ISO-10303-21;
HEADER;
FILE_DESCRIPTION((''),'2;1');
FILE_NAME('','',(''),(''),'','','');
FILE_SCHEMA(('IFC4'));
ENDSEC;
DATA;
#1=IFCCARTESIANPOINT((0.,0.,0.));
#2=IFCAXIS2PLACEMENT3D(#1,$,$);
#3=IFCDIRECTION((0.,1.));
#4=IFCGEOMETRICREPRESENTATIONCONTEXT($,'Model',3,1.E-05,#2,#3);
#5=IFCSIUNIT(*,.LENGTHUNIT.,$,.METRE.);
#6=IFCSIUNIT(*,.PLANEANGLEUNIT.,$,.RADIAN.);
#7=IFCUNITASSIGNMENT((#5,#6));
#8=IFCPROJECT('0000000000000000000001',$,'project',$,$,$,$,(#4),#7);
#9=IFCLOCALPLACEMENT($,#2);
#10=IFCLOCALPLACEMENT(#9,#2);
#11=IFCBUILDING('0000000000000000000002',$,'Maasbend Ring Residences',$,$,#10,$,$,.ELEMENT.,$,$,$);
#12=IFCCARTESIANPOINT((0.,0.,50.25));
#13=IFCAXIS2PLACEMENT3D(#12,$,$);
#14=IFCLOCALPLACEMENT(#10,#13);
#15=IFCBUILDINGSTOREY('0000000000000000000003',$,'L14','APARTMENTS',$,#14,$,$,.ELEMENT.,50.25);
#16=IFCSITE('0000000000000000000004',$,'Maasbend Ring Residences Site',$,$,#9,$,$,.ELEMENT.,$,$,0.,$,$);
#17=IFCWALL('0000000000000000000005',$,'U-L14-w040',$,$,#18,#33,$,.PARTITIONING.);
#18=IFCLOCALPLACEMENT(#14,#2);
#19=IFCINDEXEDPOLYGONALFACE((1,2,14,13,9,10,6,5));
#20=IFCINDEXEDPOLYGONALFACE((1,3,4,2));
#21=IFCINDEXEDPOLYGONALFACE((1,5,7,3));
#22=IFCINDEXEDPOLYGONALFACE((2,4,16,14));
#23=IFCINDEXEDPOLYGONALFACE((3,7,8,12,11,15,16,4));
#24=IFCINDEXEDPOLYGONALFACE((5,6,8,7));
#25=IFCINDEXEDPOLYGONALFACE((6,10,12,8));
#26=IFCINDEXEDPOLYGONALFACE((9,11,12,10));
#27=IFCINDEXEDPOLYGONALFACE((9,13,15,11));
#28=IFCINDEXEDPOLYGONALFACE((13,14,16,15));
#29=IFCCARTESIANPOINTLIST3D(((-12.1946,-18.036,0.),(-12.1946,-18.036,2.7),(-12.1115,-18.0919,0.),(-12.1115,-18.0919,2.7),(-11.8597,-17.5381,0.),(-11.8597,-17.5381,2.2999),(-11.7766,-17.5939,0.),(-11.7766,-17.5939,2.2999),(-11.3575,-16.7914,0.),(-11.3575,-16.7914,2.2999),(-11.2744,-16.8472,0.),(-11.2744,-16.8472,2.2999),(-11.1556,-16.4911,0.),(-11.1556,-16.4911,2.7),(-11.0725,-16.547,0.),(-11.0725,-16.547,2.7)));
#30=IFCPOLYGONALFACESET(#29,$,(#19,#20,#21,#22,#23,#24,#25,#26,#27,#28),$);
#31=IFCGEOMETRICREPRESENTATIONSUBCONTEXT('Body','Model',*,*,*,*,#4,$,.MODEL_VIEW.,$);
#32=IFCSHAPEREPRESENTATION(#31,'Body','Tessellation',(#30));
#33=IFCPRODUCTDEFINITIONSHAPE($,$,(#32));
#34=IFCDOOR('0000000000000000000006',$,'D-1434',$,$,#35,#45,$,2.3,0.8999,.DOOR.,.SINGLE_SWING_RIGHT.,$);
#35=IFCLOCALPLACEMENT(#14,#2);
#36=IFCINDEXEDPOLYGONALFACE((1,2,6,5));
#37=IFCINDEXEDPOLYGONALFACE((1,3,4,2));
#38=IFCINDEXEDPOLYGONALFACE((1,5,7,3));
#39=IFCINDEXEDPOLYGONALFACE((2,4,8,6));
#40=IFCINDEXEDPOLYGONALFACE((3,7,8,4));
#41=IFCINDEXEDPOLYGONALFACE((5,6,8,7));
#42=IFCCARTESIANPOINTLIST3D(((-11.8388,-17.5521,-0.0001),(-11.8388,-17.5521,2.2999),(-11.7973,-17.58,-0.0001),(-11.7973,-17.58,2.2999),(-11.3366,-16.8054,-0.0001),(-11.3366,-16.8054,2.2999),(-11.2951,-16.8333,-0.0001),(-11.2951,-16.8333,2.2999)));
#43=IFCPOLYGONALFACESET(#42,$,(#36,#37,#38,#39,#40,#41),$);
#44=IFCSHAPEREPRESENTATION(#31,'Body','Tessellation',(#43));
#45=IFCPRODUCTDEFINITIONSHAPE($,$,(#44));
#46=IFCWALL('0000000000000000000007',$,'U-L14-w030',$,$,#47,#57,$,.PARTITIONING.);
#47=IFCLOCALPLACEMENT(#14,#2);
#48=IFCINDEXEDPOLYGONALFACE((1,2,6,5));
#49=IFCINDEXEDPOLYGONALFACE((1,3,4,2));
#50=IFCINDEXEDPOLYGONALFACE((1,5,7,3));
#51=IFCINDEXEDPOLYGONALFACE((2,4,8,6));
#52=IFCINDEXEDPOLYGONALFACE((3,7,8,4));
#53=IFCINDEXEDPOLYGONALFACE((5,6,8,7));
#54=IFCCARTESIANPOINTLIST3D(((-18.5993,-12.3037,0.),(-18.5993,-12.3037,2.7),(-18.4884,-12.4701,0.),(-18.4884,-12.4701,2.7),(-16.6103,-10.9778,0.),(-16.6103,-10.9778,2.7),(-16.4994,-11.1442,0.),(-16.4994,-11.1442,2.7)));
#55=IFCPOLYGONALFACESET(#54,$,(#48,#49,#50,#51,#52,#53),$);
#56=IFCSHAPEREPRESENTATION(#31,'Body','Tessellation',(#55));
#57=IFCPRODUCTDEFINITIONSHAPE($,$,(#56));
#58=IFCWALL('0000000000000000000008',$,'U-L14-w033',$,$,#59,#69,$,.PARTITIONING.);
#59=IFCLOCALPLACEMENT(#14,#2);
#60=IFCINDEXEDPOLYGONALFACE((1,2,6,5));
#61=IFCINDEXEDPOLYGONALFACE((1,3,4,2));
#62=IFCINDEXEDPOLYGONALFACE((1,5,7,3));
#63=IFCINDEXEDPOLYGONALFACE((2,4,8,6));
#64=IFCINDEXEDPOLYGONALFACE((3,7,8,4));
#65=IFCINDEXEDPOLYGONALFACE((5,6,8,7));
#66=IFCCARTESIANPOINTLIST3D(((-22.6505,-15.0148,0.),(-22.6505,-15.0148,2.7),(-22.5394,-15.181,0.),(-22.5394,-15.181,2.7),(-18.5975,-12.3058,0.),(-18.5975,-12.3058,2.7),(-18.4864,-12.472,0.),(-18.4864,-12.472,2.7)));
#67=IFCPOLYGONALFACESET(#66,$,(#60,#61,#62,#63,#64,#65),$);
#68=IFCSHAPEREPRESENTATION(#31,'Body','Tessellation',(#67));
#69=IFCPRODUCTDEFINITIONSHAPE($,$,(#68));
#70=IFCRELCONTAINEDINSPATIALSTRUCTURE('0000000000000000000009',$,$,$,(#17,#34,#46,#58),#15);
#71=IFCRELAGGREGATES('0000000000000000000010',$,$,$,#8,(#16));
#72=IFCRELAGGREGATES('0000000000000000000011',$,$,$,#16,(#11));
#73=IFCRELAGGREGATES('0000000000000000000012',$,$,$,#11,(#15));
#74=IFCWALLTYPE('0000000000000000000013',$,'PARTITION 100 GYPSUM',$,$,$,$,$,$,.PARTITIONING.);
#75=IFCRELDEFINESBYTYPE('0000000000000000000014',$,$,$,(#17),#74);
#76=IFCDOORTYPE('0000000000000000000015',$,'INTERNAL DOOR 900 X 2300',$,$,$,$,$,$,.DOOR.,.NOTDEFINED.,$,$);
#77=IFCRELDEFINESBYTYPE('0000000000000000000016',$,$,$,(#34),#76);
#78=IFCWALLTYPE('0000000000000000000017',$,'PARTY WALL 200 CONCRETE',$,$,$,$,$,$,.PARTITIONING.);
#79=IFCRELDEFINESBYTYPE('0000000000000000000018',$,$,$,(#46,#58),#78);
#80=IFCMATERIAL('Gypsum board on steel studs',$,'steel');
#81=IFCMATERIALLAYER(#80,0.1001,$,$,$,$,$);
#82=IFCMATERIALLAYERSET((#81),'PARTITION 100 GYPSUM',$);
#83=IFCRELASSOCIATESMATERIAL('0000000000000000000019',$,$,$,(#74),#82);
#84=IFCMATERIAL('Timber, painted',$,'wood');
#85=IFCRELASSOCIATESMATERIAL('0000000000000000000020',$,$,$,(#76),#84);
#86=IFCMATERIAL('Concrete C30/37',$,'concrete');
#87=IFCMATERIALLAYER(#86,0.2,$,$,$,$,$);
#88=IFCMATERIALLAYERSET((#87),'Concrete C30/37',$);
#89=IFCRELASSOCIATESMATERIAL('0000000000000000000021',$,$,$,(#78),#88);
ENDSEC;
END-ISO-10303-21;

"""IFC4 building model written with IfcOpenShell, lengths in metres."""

from ifc_helpers import new_model, si_unit, direction, frame, frame_2d, origin, place, context, subcontext, project, spatial, rectangle, extrude, material, layer, layer_set, type_object, element, fill, save


model = new_model("IFC4")

# Units and contexts
model_context = context("Model", 3, precision=1e-05, world=origin(), true_north=direction((0.0, 1.0)))
body_context = subcontext(model_context, "Body", "Model", "MODEL_VIEW")
ifc_project = project(units=[si_unit("LENGTHUNIT", "METRE"), si_unit("PLANEANGLEUNIT", "RADIAN")], contexts=[model_context])

# Site, building, storey
site_placement = place(None, origin())
site = spatial("IfcSite", under=ifc_project, at=site_placement, Name="Maasbend Ring Residences Site", CompositionType="ELEMENT", RefElevation=0.0)
building_placement = place(site_placement, origin())
building = spatial("IfcBuilding", under=site, at=building_placement, Name="Maasbend Ring Residences", CompositionType="ELEMENT")
storey_placement = place(building_placement, frame((0.0, 0.0, 50.25)))
storey = spatial("IfcBuildingStorey", under=building, at=storey_placement, Name="L14", Description="APARTMENTS", CompositionType="ELEMENT", Elevation=50.25)

# Shared definitions
ifc_material_1 = material(Name="Gypsum board on steel studs", Category="steel")
ifc_layer_1 = layer(ifc_material_1, 0.1001)
ifc_layer_set_1 = layer_set([ifc_layer_1], Name="PARTITION 100 GYPSUM")
wall_type_1 = type_object("IfcWallType", Name="PARTITION 100 GYPSUM", PredefinedType="PARTITIONING", material=ifc_layer_set_1)

# Wall, opening, door
ifc_material_2 = material(Name="Timber, painted", Category="wood")
door_type_1 = type_object("IfcDoorType", Name="INTERNAL DOOR 900 X 2300", OperationType="NOTDEFINED", PredefinedType="DOOR", material=ifc_material_2)
wall_1_placement = place(storey_placement, frame((-12.1531, -18.064, 0.0), z_axis=(0.0, 0.0, 1.0), x_axis=(0.558085, 0.829784, 0.0)))
wall_1 = element("IfcWall", 1, at=wall_1_placement, inside=storey, type_object=wall_type_1, Name="U-L14-w040", PredefinedType="PARTITIONING", context=body_context, shape_type="SweptSolid", body=[
    extrude(rectangle(XDim=1.8618, YDim=0.1001, at=frame_2d((0.9309, 0.0))), origin(), (0.0, 0.0, 1.0), 2.7),
])
opening_1_placement = place(wall_1_placement, frame((0.6001, 0.0, 0.0)))
opening_1 = element("IfcOpeningElement", 2, at=opening_1_placement, cuts=wall_1, PredefinedType="OPENING", context=body_context, shape_type="SweptSolid", body=[
    extrude(rectangle(XDim=0.8999, YDim=2.3, at=frame_2d((0.45, 1.1499))), frame((0.0, 0.0601, 0.0), z_axis=(0.0, -1.0, 0.0), x_axis=(1.0, 0.0, 0.0)), (0.0, 0.0, 1.0), 0.1201),
])
door_1_placement = place(opening_1_placement, origin())
door_1 = element("IfcDoor", 3, at=door_1_placement, inside=storey, type_object=door_type_1, Name="D-1434", OperationType="SINGLE_SWING_RIGHT", OverallHeight=2.3, OverallWidth=0.8999, PredefinedType="DOOR", context=body_context, shape_type="SweptSolid", body=[
    extrude(rectangle(XDim=0.8999, YDim=2.3, at=frame_2d((0.45, 1.1499))), frame((0.0, 0.0249, 0.0), z_axis=(0.0, -1.0, 0.0), x_axis=(1.0, 0.0, 0.0)), (0.0, 0.0, 1.0), 0.05),
])
fill(opening_1, door_1)

# Walls
ifc_material_3 = material(Name="Concrete C30/37", Category="concrete")
ifc_layer_2 = layer(ifc_material_3, 0.2)
ifc_layer_set_2 = layer_set([ifc_layer_2], Name="Concrete C30/37")
wall_type_2 = type_object("IfcWallType", Name="PARTY WALL 200 CONCRETE", PredefinedType="PARTITIONING", material=ifc_layer_set_2)
wall_2_placement = place(storey_placement, frame((-18.5439, -12.387, 0.0), z_axis=(0.0, 0.0, 1.0), x_axis=(0.832066, 0.554677, 0.0)))
element("IfcWall", 4, at=wall_2_placement, inside=storey, type_object=wall_type_2, Name="U-L14-w030", PredefinedType="PARTITIONING", context=body_context, shape_type="SweptSolid", body=[
    extrude(rectangle(XDim=2.3904, YDim=0.2, at=frame_2d((1.1953, 0.0))), origin(), (0.0, 0.0, 1.0), 2.7),
])
wall_3_placement = place(storey_placement, frame((-22.595, -15.0979, 0.0), z_axis=(0.0, 0.0, 1.0), x_axis=(0.831387, 0.555694, 0.0)))
element("IfcWall", 5, at=wall_3_placement, inside=storey, type_object=wall_type_2, Name="U-L14-w033", PredefinedType="PARTITIONING", context=body_context, shape_type="SweptSolid", body=[
    extrude(rectangle(XDim=4.875, YDim=0.2, at=frame_2d((2.4375, 0.0))), origin(), (0.0, 0.0, 1.0), 2.7),
])

save(model, "model.ifc")
